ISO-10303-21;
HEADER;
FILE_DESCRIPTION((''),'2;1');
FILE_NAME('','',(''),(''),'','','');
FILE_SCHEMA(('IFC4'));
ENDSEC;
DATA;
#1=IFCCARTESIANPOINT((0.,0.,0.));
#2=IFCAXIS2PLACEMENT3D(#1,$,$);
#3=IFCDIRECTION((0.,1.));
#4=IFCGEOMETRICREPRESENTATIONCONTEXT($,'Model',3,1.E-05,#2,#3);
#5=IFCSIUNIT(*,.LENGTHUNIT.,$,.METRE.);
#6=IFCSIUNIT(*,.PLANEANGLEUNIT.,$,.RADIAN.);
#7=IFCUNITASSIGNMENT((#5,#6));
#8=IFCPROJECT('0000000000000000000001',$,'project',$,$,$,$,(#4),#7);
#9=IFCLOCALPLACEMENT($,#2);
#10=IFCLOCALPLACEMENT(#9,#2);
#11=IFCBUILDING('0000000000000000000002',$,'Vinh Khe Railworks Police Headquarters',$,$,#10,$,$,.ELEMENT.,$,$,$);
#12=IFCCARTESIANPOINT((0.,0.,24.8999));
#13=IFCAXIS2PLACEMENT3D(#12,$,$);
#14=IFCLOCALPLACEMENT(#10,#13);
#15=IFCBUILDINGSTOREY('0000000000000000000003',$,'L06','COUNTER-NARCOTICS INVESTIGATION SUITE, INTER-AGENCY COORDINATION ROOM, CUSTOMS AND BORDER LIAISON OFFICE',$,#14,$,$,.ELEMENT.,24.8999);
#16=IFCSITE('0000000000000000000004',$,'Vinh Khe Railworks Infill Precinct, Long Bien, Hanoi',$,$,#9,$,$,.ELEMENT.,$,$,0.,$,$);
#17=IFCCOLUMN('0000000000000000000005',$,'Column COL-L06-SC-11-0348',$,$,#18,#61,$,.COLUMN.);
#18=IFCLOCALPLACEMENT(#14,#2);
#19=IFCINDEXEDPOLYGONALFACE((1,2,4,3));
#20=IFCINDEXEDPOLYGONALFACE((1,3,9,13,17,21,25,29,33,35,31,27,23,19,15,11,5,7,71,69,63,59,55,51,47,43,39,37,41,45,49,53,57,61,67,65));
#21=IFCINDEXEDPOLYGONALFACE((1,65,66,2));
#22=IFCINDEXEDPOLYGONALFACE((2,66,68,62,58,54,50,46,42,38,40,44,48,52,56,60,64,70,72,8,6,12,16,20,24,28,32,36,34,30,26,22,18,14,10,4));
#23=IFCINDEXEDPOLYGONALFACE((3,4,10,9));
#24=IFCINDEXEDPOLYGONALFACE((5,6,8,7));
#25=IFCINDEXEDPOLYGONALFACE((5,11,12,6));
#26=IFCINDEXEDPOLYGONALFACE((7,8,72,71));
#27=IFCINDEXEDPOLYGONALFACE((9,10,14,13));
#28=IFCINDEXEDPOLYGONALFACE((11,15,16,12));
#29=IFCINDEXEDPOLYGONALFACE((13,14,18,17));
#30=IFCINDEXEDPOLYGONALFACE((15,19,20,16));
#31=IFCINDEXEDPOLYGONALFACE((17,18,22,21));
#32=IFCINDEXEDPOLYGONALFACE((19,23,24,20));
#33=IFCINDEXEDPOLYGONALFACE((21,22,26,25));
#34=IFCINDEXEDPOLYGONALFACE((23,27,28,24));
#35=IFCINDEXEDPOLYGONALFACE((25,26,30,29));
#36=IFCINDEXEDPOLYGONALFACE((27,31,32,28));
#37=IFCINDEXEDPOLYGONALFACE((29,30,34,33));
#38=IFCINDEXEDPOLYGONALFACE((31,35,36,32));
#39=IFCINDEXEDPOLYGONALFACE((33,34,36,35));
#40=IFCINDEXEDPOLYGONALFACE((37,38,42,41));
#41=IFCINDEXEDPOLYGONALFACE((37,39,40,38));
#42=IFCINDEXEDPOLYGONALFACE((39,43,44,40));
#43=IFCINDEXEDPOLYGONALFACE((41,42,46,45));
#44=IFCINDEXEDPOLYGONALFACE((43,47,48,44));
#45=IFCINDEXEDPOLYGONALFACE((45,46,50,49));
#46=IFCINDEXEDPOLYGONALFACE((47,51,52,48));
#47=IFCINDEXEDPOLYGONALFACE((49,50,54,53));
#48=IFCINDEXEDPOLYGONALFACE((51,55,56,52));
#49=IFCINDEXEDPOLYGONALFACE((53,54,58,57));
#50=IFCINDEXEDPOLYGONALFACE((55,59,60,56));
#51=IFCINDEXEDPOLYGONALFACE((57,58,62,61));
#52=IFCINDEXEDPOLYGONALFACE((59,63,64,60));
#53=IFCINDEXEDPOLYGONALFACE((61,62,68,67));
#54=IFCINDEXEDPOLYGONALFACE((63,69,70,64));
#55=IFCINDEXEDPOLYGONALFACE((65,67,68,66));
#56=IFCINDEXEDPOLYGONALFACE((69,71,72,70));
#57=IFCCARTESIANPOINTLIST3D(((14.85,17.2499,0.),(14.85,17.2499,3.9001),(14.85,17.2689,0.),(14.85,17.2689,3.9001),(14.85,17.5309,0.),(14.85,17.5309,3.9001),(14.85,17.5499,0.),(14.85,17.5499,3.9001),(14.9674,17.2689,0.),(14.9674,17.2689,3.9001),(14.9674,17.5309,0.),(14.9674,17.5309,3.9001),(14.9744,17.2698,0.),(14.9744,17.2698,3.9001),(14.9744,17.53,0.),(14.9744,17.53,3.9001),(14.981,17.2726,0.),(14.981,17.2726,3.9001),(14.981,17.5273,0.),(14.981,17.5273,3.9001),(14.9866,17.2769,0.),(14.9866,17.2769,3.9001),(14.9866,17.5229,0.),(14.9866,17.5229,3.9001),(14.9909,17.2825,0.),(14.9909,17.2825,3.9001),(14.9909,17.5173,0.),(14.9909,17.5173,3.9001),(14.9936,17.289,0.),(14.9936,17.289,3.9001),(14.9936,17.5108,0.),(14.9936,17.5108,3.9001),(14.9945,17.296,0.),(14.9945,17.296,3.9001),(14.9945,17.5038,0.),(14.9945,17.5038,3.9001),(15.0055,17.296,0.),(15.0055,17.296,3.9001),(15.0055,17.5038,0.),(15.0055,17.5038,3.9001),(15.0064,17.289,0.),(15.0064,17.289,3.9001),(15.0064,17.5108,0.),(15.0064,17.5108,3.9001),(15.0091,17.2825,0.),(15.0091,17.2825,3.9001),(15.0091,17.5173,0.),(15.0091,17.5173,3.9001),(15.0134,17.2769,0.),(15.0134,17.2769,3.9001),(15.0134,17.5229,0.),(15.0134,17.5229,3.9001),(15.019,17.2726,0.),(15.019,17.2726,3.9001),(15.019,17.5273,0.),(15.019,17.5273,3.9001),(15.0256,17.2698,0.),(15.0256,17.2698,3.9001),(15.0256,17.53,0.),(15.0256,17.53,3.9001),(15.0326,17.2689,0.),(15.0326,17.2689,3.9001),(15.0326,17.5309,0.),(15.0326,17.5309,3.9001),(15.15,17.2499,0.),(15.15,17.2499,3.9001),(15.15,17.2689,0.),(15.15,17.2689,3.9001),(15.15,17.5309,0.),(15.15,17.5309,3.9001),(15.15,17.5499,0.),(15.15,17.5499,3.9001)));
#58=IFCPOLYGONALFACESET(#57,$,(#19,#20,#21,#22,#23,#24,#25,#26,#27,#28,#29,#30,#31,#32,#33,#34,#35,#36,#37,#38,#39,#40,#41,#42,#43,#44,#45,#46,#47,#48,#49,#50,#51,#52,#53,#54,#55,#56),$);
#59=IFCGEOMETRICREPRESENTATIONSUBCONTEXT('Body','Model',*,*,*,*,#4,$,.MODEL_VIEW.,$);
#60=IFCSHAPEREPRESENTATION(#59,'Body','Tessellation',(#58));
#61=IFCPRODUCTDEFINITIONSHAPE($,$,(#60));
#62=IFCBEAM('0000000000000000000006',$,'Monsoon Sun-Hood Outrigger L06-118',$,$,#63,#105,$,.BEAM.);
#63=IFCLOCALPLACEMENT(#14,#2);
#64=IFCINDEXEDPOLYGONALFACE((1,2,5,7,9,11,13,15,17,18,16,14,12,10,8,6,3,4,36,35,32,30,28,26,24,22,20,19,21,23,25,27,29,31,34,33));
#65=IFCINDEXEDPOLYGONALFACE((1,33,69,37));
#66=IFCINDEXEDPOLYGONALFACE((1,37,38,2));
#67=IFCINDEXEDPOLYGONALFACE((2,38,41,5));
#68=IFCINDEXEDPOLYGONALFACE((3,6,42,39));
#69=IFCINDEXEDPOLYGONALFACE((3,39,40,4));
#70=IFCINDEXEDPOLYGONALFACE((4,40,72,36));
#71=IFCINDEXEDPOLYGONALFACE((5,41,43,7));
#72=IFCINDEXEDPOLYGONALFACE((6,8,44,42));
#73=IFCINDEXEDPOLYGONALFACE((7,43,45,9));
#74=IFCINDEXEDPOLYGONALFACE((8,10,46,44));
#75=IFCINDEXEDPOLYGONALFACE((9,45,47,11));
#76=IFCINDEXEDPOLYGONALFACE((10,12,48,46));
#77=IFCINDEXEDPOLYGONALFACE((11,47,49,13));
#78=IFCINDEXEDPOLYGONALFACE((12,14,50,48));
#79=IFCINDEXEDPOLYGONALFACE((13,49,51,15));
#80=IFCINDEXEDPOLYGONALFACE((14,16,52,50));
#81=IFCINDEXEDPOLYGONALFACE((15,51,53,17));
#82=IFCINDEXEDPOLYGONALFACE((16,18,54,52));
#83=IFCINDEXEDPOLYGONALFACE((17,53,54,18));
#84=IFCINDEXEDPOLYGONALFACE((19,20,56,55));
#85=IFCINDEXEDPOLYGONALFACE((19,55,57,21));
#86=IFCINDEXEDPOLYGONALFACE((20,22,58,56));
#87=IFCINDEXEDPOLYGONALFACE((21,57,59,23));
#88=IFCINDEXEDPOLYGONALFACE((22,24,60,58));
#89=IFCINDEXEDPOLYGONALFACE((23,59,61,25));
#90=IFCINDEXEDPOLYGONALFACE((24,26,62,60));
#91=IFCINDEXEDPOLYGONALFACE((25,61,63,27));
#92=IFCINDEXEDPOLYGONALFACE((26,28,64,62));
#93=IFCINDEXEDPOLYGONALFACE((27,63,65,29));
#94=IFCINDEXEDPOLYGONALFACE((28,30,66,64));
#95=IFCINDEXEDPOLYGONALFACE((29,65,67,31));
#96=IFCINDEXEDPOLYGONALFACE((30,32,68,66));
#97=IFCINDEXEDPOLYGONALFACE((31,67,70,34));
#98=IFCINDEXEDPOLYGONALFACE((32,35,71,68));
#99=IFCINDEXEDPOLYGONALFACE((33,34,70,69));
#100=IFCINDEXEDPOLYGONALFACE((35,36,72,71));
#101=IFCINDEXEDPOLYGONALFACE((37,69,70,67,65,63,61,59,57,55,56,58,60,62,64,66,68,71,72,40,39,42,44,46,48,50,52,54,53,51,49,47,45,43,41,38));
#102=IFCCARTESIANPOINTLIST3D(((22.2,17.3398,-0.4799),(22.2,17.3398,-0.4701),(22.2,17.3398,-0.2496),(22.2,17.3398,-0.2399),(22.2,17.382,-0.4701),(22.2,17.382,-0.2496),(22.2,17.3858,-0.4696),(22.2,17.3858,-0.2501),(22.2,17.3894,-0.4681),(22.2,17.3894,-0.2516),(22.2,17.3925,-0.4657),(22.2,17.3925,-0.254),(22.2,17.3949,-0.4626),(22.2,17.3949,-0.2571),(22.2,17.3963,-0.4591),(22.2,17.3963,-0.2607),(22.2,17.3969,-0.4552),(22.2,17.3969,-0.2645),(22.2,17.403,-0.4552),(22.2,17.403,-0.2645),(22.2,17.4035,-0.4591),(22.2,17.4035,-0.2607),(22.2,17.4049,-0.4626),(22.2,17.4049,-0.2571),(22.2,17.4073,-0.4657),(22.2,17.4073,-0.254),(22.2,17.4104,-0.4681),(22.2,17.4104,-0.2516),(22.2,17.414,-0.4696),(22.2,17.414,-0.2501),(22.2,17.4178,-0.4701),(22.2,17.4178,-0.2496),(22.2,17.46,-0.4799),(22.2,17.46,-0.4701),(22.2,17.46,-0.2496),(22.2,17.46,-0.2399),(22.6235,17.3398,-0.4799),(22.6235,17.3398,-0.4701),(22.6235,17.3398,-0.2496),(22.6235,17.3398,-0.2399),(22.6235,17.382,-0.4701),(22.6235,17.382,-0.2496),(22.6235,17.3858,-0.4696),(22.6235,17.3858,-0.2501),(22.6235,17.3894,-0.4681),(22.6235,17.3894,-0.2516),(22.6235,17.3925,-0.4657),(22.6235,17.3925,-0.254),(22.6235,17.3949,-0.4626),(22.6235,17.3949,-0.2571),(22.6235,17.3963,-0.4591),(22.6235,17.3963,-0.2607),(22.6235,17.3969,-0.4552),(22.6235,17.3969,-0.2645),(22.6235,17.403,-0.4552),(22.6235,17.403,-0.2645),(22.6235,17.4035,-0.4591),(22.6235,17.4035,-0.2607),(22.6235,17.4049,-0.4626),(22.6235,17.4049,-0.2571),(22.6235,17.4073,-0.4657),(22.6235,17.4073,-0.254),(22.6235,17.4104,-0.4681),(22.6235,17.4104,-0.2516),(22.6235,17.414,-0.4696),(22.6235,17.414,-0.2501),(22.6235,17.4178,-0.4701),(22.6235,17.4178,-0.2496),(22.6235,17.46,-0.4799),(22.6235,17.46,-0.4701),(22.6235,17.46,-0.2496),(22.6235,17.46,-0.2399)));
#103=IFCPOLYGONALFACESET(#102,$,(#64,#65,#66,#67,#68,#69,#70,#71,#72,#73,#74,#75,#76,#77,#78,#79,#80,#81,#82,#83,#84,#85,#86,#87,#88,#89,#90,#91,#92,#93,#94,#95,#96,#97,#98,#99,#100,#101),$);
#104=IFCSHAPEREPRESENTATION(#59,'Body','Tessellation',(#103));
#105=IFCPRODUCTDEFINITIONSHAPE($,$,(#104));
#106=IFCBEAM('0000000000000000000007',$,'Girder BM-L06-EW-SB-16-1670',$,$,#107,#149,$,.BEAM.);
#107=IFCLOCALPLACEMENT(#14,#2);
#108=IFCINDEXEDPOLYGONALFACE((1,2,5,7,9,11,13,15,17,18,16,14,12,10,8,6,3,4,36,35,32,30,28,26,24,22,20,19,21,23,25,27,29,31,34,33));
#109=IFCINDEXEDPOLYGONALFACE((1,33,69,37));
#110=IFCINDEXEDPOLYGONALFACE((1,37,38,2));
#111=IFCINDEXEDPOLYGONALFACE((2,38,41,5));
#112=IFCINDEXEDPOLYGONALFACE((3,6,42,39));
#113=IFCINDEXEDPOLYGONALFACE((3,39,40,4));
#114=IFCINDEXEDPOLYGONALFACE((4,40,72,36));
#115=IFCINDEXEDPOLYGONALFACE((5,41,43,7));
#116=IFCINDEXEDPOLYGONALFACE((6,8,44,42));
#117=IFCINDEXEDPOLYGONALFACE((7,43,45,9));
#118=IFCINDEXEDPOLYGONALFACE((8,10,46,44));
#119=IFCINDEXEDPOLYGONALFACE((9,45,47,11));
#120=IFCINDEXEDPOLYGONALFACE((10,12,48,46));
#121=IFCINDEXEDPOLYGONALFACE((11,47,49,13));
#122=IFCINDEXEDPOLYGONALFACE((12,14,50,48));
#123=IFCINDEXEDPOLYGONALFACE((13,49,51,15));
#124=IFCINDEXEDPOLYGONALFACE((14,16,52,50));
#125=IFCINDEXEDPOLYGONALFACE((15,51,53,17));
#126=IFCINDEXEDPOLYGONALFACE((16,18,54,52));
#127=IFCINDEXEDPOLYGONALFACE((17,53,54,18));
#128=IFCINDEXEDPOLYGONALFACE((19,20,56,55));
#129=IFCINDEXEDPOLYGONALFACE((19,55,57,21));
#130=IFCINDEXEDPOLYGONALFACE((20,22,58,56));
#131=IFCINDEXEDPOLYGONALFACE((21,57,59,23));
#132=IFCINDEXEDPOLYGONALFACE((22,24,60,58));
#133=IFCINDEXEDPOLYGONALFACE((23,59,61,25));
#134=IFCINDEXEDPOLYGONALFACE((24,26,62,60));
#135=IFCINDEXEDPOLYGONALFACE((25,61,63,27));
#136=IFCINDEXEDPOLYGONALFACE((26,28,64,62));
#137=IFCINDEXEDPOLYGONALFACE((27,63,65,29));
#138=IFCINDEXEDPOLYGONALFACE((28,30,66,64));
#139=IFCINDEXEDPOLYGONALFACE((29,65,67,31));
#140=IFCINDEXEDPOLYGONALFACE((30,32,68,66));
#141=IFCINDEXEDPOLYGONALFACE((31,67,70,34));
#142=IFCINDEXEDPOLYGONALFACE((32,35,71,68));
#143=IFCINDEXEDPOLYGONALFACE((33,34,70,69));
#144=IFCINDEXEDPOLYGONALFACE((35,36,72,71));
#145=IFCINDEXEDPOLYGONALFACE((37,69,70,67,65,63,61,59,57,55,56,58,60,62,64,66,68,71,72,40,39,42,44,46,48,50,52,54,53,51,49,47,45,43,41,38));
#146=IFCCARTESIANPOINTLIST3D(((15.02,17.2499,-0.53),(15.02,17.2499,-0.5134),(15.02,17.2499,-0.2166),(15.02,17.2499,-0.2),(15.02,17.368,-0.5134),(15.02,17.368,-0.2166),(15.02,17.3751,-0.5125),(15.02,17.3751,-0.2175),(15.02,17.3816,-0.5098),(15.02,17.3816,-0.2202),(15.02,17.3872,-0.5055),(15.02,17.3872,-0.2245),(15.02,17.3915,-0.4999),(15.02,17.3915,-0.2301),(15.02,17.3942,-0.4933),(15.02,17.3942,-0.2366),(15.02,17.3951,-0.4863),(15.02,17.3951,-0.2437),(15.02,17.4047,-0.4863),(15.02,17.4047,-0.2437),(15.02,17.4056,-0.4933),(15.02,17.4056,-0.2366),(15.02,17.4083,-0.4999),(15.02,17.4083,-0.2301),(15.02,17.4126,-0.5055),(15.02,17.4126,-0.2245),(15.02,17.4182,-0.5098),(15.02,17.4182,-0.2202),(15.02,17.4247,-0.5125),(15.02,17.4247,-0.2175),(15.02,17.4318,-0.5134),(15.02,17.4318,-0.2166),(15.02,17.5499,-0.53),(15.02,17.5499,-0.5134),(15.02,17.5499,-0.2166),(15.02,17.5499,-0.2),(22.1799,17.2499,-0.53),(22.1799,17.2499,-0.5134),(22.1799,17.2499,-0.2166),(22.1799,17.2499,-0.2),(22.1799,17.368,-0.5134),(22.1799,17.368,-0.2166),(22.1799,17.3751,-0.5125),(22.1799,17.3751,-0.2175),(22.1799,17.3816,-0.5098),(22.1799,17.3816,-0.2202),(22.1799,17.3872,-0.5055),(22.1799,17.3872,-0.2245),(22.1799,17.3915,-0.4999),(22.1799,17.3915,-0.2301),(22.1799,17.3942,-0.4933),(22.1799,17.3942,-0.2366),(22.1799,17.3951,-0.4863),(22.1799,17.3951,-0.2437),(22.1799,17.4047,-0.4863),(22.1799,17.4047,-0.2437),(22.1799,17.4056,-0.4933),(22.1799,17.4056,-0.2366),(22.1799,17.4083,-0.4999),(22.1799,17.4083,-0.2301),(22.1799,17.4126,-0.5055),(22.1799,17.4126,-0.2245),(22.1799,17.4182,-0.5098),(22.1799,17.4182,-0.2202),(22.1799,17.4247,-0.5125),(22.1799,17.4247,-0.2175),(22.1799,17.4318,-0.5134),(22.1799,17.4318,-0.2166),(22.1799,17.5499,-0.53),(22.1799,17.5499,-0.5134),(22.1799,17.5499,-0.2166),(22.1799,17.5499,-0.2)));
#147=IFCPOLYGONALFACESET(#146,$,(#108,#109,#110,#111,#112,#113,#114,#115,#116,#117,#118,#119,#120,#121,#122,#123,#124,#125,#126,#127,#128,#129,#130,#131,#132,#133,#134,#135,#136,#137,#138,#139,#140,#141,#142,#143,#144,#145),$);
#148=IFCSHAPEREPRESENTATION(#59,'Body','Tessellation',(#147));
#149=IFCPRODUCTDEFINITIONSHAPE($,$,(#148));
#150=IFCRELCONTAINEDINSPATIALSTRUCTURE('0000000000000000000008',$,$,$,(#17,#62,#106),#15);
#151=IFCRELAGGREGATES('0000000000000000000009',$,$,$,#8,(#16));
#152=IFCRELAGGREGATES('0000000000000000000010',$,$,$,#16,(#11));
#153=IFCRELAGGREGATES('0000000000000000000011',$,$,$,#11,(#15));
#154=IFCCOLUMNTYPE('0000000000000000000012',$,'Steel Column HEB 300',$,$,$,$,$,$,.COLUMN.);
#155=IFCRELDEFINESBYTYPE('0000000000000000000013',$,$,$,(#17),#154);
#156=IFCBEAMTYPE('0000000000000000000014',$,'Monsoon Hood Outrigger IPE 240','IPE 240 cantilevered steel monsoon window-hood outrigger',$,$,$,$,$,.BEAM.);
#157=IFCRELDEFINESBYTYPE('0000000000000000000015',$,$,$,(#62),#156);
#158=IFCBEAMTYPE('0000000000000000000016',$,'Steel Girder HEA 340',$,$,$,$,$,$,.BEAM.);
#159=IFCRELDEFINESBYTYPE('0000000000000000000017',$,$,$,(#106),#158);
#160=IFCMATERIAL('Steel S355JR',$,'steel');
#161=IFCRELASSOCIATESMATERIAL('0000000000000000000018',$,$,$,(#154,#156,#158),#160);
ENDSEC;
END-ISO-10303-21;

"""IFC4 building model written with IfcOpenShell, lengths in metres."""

from ifc_helpers import new_model, si_unit, direction, frame, origin, origin_2d, place, context, subcontext, project, spatial, i_section, extrude, material, material_profile, profile_set, type_object, element, save


model = new_model("IFC4")

# Units and contexts
model_context = context("Model", 3, precision=1e-05, world=origin(), true_north=direction((0.0, 1.0)))
body_context = subcontext(model_context, "Body", "Model", "MODEL_VIEW")
ifc_project = project(units=[si_unit("LENGTHUNIT", "METRE"), si_unit("PLANEANGLEUNIT", "RADIAN")], contexts=[model_context])

# Site, building, storey
site_placement = place(None, origin())
site = spatial("IfcSite", under=ifc_project, at=site_placement, Name="Vinh Khe Railworks Infill Precinct, Long Bien, Hanoi", CompositionType="ELEMENT", RefElevation=0.0)
building_placement = place(site_placement, origin())
building = spatial("IfcBuilding", under=site, at=building_placement, Name="Vinh Khe Railworks Police Headquarters", CompositionType="ELEMENT")
storey_placement = place(building_placement, frame((0.0, 0.0, 24.8999)))
storey = spatial("IfcBuildingStorey", under=building, at=storey_placement, Name="L06", Description="COUNTER-NARCOTICS INVESTIGATION SUITE, INTER-AGENCY COORDINATION ROOM, CUSTOMS AND BORDER LIAISON OFFICE", CompositionType="ELEMENT", Elevation=24.8999)

# Column
ifc_material_1 = material(Name="Steel S355JR", Category="steel")
ifc_material_profile_1 = material_profile(ifc_material_1, i_section(OverallWidth=0.3, OverallDepth=0.3, WebThickness=0.011, FlangeThickness=0.019, FilletRadius=0.0271, at=origin_2d()), Name="HEB 300")
ifc_profile_set_1 = profile_set([ifc_material_profile_1], Name="Steel S355JR")
column_type_1 = type_object("IfcColumnType", Name="Steel Column HEB 300", PredefinedType="COLUMN", material=ifc_profile_set_1)
column_1_placement = place(storey_placement, frame((15.0, 17.3999, 0.0), z_axis=(0.0, 0.0, 1.0), x_axis=(1.0, 0.0, 0.0)))
element("IfcColumn", 1, at=column_1_placement, inside=storey, type_object=column_type_1, Name="Column COL-L06-SC-11-0348", PredefinedType="COLUMN", context=body_context, shape_type="SweptSolid", body=[
    extrude(i_section(OverallWidth=0.3, OverallDepth=0.3, WebThickness=0.011, FlangeThickness=0.019, FilletRadius=0.0271, at=origin_2d()), origin(), (0.0, 0.0, 1.0), 3.9001),
])

# Beams
ifc_material_profile_2 = material_profile(ifc_material_1, i_section(OverallWidth=0.1201, OverallDepth=0.24, WebThickness=0.0061, FlangeThickness=0.0098, FilletRadius=0.0149, at=origin_2d()), Name="IPE 240")
ifc_profile_set_2 = profile_set([ifc_material_profile_2], Name="Steel S355JR")
beam_type_1 = type_object("IfcBeamType", Name="Monsoon Hood Outrigger IPE 240", Description="IPE 240 cantilevered steel monsoon window-hood outrigger", PredefinedType="BEAM", material=ifc_profile_set_2)
beam_1_placement = place(storey_placement, frame((22.2, 17.3999, -0.3599), z_axis=(1.0, 0.0, 0.0), x_axis=(0.0, 1.0, 0.0)))
element("IfcBeam", 2, at=beam_1_placement, inside=storey, type_object=beam_type_1, Name="Monsoon Sun-Hood Outrigger L06-118", PredefinedType="BEAM", context=body_context, shape_type="SweptSolid", body=[
    extrude(i_section(OverallWidth=0.1201, OverallDepth=0.24, WebThickness=0.0061, FlangeThickness=0.0098, FilletRadius=0.0149, at=origin_2d()), origin(), (0.0, 0.0, 1.0), 0.4236),
])
ifc_material_profile_3 = material_profile(ifc_material_1, i_section(OverallWidth=0.3, OverallDepth=0.3301, WebThickness=0.0095, FlangeThickness=0.0166, FilletRadius=0.0271, at=origin_2d()), Name="HEA 340")
ifc_profile_set_3 = profile_set([ifc_material_profile_3], Name="Steel S355JR")
beam_type_2 = type_object("IfcBeamType", Name="Steel Girder HEA 340", PredefinedType="BEAM", material=ifc_profile_set_3)
beam_2_placement = place(storey_placement, frame((15.02, 17.3999, -0.365), z_axis=(1.0, 0.0, 0.0), x_axis=(0.0, 1.0, 0.0)))
element("IfcBeam", 3, at=beam_2_placement, inside=storey, type_object=beam_type_2, Name="Girder BM-L06-EW-SB-16-1670", PredefinedType="BEAM", context=body_context, shape_type="SweptSolid", body=[
    extrude(i_section(OverallWidth=0.3, OverallDepth=0.3301, WebThickness=0.0095, FlangeThickness=0.0166, FilletRadius=0.0271, at=origin_2d()), origin(), (0.0, 0.0, 1.0), 7.1599),
])

save(model, "model.ifc")
